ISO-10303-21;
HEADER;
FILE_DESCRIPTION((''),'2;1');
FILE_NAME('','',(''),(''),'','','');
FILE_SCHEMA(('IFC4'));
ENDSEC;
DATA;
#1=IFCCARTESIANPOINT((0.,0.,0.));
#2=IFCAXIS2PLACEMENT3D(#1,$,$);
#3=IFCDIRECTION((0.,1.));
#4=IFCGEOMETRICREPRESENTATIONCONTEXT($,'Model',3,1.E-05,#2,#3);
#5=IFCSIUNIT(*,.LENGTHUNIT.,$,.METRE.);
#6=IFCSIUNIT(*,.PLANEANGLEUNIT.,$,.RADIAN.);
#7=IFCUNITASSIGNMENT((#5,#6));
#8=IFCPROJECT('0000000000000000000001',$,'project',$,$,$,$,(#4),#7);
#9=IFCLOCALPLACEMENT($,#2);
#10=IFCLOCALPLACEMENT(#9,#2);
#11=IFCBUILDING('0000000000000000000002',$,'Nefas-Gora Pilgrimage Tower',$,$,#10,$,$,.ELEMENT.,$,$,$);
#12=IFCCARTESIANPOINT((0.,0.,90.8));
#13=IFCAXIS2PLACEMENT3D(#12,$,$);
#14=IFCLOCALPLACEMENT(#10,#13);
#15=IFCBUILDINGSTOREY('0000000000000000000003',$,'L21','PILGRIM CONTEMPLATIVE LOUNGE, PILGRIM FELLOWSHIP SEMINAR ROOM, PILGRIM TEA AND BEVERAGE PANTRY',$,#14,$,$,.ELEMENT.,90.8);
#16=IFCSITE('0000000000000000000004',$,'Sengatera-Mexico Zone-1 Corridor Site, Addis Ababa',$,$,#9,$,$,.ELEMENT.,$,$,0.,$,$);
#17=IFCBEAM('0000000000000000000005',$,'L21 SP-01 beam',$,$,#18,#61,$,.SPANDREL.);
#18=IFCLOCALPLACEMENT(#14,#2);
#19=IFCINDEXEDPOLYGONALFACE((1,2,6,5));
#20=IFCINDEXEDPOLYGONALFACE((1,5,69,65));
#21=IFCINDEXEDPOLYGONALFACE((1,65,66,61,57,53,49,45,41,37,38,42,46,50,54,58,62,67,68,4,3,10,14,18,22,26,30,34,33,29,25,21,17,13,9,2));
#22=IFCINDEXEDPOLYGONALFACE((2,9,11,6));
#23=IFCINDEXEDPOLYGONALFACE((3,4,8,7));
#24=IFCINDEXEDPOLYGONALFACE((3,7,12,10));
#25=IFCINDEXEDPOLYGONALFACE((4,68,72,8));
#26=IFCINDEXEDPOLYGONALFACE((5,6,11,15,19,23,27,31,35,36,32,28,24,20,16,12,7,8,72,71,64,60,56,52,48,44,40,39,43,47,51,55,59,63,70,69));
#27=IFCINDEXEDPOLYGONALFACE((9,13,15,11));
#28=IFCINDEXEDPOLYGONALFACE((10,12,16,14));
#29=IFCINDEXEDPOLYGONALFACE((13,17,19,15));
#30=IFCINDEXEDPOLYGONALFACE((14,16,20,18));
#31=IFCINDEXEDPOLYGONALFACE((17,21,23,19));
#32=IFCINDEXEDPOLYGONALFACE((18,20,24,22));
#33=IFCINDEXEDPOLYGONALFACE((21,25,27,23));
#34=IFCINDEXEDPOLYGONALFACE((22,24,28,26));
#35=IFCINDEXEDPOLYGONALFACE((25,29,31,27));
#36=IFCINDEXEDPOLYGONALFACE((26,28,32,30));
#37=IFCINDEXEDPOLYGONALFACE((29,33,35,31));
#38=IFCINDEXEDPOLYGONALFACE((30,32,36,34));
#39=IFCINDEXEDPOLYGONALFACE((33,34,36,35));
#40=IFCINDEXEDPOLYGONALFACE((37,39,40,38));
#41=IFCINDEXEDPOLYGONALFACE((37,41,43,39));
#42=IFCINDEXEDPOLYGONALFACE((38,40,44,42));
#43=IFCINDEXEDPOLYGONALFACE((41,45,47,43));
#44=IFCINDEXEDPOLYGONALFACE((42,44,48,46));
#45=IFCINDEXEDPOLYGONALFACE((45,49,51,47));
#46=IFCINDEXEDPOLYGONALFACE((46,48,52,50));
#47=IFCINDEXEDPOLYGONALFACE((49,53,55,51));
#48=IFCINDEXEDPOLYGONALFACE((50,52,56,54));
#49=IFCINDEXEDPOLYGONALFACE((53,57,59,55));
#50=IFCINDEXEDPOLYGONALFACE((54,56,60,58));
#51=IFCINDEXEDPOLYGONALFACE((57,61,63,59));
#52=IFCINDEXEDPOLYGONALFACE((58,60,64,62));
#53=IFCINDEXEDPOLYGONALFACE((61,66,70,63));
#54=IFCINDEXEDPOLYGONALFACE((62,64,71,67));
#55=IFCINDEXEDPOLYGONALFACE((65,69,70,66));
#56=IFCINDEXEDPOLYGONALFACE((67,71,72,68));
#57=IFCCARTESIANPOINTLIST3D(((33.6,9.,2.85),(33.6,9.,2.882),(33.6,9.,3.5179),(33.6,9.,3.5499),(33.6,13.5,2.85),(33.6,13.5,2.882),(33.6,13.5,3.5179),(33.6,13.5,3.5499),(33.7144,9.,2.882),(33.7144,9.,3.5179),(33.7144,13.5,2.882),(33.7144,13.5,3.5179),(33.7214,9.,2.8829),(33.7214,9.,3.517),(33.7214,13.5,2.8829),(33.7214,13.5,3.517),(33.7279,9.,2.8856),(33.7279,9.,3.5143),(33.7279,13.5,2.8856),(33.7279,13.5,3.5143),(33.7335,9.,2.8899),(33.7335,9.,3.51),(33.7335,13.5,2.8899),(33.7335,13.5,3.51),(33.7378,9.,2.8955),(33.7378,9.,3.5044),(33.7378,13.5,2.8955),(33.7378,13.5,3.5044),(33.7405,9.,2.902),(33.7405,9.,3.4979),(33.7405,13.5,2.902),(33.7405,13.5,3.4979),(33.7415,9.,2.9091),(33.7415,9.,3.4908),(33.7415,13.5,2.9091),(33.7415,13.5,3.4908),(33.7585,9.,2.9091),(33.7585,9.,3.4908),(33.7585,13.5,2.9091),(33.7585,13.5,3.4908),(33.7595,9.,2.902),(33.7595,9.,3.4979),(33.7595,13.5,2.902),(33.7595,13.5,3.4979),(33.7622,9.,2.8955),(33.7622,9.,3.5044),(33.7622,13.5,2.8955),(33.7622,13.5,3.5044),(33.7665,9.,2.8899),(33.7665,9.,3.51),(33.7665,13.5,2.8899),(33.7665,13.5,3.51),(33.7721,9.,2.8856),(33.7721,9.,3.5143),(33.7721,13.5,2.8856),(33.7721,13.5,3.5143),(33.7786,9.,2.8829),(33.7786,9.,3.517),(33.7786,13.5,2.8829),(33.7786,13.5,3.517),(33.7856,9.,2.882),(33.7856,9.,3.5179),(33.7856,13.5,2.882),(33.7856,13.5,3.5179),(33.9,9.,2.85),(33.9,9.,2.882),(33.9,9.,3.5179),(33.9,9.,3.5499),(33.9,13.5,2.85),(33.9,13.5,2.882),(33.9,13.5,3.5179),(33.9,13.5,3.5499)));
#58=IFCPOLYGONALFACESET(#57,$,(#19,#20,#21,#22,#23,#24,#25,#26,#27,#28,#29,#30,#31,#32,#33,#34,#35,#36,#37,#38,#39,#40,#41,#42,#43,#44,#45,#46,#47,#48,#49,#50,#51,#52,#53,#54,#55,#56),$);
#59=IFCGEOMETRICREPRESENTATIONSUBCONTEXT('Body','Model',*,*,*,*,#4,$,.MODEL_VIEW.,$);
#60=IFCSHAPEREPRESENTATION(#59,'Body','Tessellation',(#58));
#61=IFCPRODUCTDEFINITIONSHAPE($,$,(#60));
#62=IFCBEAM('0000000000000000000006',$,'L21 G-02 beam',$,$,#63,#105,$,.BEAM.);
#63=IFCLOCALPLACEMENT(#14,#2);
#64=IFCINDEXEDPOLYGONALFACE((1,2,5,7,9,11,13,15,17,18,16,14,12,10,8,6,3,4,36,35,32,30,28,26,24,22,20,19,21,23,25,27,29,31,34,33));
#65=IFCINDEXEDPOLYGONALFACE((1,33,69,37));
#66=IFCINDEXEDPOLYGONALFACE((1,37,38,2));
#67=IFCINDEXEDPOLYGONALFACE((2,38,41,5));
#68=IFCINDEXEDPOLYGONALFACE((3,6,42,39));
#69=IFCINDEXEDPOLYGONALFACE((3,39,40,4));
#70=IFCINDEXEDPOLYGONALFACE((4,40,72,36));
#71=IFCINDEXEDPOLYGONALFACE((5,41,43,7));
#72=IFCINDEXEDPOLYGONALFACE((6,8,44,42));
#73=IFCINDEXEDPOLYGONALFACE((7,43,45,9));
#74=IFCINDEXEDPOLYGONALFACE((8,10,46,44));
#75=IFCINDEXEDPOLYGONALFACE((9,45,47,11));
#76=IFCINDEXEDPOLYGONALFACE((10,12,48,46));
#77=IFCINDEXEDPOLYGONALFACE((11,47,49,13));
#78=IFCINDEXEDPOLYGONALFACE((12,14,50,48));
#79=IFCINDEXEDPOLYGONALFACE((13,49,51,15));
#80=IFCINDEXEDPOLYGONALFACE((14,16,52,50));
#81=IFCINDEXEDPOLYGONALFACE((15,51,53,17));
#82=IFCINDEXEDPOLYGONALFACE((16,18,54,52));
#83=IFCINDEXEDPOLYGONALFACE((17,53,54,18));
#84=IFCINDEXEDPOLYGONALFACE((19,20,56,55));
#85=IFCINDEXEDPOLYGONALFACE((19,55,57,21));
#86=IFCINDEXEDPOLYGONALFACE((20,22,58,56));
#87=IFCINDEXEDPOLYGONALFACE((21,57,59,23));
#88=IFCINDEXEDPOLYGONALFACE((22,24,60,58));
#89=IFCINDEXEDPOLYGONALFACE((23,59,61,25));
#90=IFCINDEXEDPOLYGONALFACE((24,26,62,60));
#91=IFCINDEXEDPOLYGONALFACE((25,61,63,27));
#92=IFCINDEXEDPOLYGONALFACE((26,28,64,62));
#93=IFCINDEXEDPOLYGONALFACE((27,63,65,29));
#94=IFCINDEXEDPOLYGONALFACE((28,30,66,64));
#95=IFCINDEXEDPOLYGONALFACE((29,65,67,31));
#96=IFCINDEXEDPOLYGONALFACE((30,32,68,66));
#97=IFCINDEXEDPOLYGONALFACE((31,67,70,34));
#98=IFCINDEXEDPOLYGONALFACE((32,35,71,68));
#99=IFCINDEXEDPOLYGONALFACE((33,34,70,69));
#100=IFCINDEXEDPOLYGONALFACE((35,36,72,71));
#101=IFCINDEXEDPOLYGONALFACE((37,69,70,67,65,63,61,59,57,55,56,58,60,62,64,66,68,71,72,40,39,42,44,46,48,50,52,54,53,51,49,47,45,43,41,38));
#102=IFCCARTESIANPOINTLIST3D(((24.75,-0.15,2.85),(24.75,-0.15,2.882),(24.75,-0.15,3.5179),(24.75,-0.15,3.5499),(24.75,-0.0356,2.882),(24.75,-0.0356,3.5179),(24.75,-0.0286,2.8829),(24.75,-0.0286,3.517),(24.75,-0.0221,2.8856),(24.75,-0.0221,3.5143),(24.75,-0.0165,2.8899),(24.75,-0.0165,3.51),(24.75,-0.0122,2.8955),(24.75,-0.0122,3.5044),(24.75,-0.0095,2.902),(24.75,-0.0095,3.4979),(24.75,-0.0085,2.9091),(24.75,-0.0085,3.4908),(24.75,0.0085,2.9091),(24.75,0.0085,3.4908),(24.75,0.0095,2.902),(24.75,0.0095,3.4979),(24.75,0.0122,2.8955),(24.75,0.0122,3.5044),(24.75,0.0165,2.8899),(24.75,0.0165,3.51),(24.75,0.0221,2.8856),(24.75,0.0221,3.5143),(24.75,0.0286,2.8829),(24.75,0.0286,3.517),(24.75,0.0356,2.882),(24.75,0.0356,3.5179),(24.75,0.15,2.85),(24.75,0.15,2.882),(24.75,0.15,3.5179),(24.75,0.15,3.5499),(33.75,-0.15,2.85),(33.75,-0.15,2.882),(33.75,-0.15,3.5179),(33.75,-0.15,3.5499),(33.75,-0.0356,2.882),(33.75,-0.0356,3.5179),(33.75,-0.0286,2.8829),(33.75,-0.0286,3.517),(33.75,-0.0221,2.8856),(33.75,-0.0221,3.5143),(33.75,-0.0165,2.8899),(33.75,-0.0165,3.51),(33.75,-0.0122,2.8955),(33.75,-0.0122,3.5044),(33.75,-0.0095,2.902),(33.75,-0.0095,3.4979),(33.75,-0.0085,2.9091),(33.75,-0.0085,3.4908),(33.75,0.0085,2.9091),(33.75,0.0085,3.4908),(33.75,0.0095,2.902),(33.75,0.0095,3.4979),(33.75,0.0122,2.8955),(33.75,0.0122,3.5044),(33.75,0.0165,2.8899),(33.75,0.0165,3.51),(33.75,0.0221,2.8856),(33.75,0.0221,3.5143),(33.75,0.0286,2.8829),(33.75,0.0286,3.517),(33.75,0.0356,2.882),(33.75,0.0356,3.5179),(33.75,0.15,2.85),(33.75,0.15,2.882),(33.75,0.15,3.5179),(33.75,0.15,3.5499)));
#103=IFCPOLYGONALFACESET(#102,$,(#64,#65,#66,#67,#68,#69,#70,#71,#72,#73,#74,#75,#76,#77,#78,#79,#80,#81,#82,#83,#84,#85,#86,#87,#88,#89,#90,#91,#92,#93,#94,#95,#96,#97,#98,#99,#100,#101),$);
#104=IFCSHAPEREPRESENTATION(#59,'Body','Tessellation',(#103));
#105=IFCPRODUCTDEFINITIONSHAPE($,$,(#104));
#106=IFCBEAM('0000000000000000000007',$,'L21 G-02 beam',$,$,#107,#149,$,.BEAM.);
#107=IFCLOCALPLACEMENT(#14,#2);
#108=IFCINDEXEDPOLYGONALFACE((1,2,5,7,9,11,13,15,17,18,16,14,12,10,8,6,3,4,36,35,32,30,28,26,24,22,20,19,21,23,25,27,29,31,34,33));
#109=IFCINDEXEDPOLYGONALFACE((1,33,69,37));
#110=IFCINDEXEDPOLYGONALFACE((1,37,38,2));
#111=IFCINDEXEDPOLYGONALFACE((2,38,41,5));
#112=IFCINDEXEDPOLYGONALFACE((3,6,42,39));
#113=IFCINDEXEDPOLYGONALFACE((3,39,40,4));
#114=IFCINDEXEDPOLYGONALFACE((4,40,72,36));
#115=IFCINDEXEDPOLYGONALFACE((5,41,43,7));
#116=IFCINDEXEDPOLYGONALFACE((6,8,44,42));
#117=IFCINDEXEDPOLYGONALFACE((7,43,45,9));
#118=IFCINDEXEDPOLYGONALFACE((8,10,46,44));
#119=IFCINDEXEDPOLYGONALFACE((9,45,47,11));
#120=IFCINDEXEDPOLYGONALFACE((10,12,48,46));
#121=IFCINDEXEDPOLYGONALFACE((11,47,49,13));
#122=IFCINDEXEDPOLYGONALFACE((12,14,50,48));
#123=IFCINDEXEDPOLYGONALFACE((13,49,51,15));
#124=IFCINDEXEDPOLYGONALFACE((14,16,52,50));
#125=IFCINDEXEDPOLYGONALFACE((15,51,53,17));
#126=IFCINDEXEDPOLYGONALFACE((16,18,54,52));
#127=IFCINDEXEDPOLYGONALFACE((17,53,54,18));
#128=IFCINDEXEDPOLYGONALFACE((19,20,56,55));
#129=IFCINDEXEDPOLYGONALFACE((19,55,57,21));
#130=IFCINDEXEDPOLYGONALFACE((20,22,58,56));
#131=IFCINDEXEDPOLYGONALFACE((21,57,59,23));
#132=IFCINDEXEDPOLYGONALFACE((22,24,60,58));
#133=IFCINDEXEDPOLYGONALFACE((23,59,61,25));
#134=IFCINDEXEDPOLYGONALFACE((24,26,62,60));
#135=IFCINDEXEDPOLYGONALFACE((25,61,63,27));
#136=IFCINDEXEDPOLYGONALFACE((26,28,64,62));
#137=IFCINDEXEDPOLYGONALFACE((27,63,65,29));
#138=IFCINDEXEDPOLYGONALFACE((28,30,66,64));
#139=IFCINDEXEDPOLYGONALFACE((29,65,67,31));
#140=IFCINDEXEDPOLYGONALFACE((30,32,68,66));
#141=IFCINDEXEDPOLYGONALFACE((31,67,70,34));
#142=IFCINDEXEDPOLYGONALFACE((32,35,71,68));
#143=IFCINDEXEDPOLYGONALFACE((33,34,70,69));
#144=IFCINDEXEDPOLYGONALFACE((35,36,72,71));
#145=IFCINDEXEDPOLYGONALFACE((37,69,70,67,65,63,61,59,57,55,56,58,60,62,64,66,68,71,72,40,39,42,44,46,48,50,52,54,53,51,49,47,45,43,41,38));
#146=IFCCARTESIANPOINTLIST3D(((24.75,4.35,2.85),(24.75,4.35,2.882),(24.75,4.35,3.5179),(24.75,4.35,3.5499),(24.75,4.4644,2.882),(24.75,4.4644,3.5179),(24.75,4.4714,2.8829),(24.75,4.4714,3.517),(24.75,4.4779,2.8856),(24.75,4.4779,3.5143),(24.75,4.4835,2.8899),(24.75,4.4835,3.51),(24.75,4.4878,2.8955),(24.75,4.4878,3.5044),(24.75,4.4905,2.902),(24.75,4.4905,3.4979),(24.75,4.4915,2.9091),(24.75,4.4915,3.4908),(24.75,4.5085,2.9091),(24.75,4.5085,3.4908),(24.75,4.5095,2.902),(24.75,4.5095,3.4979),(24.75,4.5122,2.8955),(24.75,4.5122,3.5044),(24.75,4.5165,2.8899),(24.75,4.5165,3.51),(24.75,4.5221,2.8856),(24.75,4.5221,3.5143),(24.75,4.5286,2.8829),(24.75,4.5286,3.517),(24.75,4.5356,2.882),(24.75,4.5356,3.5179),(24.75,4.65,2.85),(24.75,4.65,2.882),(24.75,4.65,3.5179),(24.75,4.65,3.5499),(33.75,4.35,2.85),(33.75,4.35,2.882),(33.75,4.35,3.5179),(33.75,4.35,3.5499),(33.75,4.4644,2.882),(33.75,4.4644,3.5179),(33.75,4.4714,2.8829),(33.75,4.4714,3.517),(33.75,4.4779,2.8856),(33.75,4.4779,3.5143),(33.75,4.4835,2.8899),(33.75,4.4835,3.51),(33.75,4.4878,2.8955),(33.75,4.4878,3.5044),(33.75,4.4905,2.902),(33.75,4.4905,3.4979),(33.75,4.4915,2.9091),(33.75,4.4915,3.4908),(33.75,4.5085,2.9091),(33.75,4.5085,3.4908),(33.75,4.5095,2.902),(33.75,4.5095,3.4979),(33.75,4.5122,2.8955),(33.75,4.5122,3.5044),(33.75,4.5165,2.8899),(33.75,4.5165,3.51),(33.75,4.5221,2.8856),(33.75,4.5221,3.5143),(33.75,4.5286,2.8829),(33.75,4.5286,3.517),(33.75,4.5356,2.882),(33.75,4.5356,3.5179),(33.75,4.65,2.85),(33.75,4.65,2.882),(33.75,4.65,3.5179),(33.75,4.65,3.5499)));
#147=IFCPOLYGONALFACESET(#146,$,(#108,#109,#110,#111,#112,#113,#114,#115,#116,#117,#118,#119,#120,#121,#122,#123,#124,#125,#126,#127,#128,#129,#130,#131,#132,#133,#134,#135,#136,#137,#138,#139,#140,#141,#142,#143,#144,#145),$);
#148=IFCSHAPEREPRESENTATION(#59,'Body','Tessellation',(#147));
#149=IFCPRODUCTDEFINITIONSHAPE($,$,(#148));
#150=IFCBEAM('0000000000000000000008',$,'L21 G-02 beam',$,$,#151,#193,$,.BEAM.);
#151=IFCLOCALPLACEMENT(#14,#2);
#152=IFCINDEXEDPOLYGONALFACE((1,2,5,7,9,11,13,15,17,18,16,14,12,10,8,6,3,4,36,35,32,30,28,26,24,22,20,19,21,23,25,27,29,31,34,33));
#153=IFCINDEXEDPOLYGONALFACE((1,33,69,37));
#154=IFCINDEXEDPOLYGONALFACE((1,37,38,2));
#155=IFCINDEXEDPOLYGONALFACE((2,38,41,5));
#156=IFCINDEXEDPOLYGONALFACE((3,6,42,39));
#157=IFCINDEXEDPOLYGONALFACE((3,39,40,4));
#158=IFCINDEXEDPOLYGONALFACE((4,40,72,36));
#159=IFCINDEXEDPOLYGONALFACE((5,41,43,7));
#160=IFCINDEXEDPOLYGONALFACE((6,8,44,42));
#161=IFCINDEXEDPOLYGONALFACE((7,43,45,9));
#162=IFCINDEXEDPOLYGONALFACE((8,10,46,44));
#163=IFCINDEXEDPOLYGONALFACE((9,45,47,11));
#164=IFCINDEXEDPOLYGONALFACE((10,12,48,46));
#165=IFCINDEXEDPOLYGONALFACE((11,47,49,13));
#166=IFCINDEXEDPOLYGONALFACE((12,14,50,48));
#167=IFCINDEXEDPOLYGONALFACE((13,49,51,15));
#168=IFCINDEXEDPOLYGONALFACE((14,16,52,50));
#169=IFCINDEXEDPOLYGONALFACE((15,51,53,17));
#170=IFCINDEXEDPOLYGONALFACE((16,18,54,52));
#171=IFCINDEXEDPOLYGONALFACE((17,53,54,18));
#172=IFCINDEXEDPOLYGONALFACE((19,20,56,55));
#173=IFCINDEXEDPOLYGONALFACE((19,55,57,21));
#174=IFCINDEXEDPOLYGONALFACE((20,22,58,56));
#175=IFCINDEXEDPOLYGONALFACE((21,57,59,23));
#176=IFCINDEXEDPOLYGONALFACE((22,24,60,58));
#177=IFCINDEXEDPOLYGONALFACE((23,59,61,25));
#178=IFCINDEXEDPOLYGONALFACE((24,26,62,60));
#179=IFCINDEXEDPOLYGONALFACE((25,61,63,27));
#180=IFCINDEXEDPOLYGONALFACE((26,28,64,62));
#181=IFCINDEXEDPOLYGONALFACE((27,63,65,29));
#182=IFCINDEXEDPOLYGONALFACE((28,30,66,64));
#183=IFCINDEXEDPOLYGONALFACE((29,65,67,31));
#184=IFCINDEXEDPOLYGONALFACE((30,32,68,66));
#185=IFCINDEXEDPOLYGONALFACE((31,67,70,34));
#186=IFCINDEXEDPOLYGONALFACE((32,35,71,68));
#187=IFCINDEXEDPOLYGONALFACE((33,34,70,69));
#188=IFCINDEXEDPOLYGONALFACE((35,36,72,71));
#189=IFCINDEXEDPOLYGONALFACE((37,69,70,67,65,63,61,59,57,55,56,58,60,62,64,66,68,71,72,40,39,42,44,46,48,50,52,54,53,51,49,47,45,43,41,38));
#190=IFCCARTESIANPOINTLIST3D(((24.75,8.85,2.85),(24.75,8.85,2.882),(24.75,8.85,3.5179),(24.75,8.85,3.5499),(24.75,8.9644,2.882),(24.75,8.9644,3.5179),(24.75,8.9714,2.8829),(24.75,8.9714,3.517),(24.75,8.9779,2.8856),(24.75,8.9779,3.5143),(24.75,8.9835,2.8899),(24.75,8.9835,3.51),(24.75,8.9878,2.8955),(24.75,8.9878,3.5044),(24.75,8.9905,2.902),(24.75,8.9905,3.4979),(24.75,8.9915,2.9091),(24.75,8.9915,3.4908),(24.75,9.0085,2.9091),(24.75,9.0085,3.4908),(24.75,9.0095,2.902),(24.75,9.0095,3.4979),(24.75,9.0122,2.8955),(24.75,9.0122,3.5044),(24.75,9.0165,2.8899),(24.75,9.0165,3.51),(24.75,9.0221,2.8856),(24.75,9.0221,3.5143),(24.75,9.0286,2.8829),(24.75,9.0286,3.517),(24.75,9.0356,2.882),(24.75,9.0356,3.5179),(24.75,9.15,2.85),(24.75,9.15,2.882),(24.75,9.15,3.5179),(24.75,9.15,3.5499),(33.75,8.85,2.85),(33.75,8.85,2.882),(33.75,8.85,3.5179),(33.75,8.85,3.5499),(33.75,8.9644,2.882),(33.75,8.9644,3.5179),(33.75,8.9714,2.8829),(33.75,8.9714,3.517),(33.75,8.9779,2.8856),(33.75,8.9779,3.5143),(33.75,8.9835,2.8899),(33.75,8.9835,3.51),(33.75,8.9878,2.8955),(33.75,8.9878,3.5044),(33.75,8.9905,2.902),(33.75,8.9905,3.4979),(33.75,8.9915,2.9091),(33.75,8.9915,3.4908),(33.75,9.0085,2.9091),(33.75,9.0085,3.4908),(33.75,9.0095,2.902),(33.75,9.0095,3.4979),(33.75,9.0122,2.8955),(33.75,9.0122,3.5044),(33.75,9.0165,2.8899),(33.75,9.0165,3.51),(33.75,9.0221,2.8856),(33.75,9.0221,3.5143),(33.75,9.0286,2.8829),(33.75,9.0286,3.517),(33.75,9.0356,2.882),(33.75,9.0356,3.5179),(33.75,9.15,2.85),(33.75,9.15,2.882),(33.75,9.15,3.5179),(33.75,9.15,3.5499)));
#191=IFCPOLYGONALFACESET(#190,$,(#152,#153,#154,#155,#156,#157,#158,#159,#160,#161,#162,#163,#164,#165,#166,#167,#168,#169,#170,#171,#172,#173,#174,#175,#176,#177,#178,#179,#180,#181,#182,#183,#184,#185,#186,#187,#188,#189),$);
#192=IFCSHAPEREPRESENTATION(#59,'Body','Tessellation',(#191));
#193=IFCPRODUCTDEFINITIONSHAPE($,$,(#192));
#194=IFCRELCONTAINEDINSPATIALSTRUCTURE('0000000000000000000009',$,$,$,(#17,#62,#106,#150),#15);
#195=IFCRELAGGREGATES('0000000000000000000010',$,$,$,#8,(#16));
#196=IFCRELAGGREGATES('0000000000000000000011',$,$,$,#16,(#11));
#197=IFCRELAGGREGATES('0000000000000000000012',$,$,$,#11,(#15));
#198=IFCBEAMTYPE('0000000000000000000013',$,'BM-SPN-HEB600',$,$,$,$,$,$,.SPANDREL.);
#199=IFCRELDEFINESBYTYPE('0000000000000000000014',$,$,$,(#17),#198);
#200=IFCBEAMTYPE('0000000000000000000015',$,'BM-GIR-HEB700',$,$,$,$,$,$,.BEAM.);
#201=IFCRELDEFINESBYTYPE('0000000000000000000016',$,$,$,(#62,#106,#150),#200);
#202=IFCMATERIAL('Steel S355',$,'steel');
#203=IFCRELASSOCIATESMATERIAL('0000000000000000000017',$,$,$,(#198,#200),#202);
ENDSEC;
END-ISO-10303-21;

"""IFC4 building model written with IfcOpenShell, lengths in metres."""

from ifc_helpers import new_model, si_unit, direction, frame, origin, origin_2d, place, context, subcontext, project, spatial, i_section, extrude, source, transform, mapped, material, material_profile, profile_set, type_object, element, save


model = new_model("IFC4")

# Units and contexts
model_context = context("Model", 3, precision=1e-05, world=origin(), true_north=direction((0.0, 1.0)))
body_context = subcontext(model_context, "Body", "Model", "MODEL_VIEW")
ifc_project = project(units=[si_unit("LENGTHUNIT", "METRE"), si_unit("PLANEANGLEUNIT", "RADIAN")], contexts=[model_context])

# Site, building, storey
site_placement = place(None, origin())
site = spatial("IfcSite", under=ifc_project, at=site_placement, Name="Sengatera-Mexico Zone-1 Corridor Site, Addis Ababa", CompositionType="ELEMENT", RefElevation=0.0)
building_placement = place(site_placement, origin())
building = spatial("IfcBuilding", under=site, at=building_placement, Name="Nefas-Gora Pilgrimage Tower", CompositionType="ELEMENT")
storey_placement = place(building_placement, frame((0.0, 0.0, 90.8)))
storey = spatial("IfcBuildingStorey", under=building, at=storey_placement, Name="L21", Description="PILGRIM CONTEMPLATIVE LOUNGE, PILGRIM FELLOWSHIP SEMINAR ROOM, PILGRIM TEA AND BEVERAGE PANTRY", CompositionType="ELEMENT", Elevation=90.8)

# Beams
ifc_material_1 = material(Name="Steel S355", Category="steel")
ifc_material_profile_1 = material_profile(ifc_material_1, i_section(OverallWidth=0.3, OverallDepth=0.7, WebThickness=0.0171, FlangeThickness=0.032, FilletRadius=0.0271, at=origin_2d()), Name="HEB 700")
ifc_profile_set_1 = profile_set([ifc_material_profile_1], Name="Steel S355")
beam_type_1 = type_object("IfcBeamType", Name="BM-SPN-HEB600", PredefinedType="SPANDREL", material=ifc_profile_set_1)
shared_shape_1 = source(origin(), body_context, "Body", "SweptSolid", [
    extrude(i_section(OverallWidth=0.3, OverallDepth=0.7, WebThickness=0.0171, FlangeThickness=0.032, FilletRadius=0.0271, at=origin_2d()), origin(), (0.0, 0.0, 1.0), 4.5),
])
for number, where, z_axis, x_axis, name in (
    (1, (33.75, 9.0, 3.2), (0.0, 1.0, 0.0), (-1.0, 0.0, 0.0), "L21 SP-01 beam"),
):
    element("IfcBeam", number, at=place(storey_placement, frame(where, z_axis=z_axis, x_axis=x_axis)), inside=storey, type_object=beam_type_1, Name=name, PredefinedType="SPANDREL", context=body_context, shape_type="MappedRepresentation", body=[
        mapped(shared_shape_1, transform((0.0, 0.0, 0.0), x_axis=(1.0, 0.0, 0.0), y_axis=(0.0, 1.0, 0.0), z_axis=(0.0, 0.0, 1.0), scale=1.0)),
    ])
ifc_material_profile_2 = material_profile(ifc_material_1, i_section(OverallWidth=0.3, OverallDepth=0.7, WebThickness=0.0171, FlangeThickness=0.032, FilletRadius=0.0271, at=origin_2d()), Name="HEB 700")
ifc_profile_set_2 = profile_set([ifc_material_profile_2], Name="Steel S355")
beam_type_2 = type_object("IfcBeamType", Name="BM-GIR-HEB700", PredefinedType="BEAM", material=ifc_profile_set_2)
shared_shape_2 = source(origin(), body_context, "Body", "SweptSolid", [
    extrude(i_section(OverallWidth=0.3, OverallDepth=0.7, WebThickness=0.0171, FlangeThickness=0.032, FilletRadius=0.0271, at=origin_2d()), origin(), (0.0, 0.0, 1.0), 9.0),
])
for number, where, z_axis, x_axis, name in (
    (2, (24.75, 0.0, 3.2), (1.0, 0.0, 0.0), (0.0, 1.0, 0.0), "L21 G-02 beam"),
    (3, (24.75, 4.5, 3.2), (1.0, 0.0, 0.0), (0.0, 1.0, 0.0), "L21 G-02 beam"),
    (4, (24.75, 9.0, 3.2), (1.0, 0.0, 0.0), (0.0, 1.0, 0.0), "L21 G-02 beam"),
):
    element("IfcBeam", number, at=place(storey_placement, frame(where, z_axis=z_axis, x_axis=x_axis)), inside=storey, type_object=beam_type_2, Name=name, PredefinedType="BEAM", context=body_context, shape_type="MappedRepresentation", body=[
        mapped(shared_shape_2, transform((0.0, 0.0, 0.0), x_axis=(1.0, 0.0, 0.0), y_axis=(0.0, 1.0, 0.0), z_axis=(0.0, 0.0, 1.0), scale=1.0)),
    ])

save(model, "model.ifc")
